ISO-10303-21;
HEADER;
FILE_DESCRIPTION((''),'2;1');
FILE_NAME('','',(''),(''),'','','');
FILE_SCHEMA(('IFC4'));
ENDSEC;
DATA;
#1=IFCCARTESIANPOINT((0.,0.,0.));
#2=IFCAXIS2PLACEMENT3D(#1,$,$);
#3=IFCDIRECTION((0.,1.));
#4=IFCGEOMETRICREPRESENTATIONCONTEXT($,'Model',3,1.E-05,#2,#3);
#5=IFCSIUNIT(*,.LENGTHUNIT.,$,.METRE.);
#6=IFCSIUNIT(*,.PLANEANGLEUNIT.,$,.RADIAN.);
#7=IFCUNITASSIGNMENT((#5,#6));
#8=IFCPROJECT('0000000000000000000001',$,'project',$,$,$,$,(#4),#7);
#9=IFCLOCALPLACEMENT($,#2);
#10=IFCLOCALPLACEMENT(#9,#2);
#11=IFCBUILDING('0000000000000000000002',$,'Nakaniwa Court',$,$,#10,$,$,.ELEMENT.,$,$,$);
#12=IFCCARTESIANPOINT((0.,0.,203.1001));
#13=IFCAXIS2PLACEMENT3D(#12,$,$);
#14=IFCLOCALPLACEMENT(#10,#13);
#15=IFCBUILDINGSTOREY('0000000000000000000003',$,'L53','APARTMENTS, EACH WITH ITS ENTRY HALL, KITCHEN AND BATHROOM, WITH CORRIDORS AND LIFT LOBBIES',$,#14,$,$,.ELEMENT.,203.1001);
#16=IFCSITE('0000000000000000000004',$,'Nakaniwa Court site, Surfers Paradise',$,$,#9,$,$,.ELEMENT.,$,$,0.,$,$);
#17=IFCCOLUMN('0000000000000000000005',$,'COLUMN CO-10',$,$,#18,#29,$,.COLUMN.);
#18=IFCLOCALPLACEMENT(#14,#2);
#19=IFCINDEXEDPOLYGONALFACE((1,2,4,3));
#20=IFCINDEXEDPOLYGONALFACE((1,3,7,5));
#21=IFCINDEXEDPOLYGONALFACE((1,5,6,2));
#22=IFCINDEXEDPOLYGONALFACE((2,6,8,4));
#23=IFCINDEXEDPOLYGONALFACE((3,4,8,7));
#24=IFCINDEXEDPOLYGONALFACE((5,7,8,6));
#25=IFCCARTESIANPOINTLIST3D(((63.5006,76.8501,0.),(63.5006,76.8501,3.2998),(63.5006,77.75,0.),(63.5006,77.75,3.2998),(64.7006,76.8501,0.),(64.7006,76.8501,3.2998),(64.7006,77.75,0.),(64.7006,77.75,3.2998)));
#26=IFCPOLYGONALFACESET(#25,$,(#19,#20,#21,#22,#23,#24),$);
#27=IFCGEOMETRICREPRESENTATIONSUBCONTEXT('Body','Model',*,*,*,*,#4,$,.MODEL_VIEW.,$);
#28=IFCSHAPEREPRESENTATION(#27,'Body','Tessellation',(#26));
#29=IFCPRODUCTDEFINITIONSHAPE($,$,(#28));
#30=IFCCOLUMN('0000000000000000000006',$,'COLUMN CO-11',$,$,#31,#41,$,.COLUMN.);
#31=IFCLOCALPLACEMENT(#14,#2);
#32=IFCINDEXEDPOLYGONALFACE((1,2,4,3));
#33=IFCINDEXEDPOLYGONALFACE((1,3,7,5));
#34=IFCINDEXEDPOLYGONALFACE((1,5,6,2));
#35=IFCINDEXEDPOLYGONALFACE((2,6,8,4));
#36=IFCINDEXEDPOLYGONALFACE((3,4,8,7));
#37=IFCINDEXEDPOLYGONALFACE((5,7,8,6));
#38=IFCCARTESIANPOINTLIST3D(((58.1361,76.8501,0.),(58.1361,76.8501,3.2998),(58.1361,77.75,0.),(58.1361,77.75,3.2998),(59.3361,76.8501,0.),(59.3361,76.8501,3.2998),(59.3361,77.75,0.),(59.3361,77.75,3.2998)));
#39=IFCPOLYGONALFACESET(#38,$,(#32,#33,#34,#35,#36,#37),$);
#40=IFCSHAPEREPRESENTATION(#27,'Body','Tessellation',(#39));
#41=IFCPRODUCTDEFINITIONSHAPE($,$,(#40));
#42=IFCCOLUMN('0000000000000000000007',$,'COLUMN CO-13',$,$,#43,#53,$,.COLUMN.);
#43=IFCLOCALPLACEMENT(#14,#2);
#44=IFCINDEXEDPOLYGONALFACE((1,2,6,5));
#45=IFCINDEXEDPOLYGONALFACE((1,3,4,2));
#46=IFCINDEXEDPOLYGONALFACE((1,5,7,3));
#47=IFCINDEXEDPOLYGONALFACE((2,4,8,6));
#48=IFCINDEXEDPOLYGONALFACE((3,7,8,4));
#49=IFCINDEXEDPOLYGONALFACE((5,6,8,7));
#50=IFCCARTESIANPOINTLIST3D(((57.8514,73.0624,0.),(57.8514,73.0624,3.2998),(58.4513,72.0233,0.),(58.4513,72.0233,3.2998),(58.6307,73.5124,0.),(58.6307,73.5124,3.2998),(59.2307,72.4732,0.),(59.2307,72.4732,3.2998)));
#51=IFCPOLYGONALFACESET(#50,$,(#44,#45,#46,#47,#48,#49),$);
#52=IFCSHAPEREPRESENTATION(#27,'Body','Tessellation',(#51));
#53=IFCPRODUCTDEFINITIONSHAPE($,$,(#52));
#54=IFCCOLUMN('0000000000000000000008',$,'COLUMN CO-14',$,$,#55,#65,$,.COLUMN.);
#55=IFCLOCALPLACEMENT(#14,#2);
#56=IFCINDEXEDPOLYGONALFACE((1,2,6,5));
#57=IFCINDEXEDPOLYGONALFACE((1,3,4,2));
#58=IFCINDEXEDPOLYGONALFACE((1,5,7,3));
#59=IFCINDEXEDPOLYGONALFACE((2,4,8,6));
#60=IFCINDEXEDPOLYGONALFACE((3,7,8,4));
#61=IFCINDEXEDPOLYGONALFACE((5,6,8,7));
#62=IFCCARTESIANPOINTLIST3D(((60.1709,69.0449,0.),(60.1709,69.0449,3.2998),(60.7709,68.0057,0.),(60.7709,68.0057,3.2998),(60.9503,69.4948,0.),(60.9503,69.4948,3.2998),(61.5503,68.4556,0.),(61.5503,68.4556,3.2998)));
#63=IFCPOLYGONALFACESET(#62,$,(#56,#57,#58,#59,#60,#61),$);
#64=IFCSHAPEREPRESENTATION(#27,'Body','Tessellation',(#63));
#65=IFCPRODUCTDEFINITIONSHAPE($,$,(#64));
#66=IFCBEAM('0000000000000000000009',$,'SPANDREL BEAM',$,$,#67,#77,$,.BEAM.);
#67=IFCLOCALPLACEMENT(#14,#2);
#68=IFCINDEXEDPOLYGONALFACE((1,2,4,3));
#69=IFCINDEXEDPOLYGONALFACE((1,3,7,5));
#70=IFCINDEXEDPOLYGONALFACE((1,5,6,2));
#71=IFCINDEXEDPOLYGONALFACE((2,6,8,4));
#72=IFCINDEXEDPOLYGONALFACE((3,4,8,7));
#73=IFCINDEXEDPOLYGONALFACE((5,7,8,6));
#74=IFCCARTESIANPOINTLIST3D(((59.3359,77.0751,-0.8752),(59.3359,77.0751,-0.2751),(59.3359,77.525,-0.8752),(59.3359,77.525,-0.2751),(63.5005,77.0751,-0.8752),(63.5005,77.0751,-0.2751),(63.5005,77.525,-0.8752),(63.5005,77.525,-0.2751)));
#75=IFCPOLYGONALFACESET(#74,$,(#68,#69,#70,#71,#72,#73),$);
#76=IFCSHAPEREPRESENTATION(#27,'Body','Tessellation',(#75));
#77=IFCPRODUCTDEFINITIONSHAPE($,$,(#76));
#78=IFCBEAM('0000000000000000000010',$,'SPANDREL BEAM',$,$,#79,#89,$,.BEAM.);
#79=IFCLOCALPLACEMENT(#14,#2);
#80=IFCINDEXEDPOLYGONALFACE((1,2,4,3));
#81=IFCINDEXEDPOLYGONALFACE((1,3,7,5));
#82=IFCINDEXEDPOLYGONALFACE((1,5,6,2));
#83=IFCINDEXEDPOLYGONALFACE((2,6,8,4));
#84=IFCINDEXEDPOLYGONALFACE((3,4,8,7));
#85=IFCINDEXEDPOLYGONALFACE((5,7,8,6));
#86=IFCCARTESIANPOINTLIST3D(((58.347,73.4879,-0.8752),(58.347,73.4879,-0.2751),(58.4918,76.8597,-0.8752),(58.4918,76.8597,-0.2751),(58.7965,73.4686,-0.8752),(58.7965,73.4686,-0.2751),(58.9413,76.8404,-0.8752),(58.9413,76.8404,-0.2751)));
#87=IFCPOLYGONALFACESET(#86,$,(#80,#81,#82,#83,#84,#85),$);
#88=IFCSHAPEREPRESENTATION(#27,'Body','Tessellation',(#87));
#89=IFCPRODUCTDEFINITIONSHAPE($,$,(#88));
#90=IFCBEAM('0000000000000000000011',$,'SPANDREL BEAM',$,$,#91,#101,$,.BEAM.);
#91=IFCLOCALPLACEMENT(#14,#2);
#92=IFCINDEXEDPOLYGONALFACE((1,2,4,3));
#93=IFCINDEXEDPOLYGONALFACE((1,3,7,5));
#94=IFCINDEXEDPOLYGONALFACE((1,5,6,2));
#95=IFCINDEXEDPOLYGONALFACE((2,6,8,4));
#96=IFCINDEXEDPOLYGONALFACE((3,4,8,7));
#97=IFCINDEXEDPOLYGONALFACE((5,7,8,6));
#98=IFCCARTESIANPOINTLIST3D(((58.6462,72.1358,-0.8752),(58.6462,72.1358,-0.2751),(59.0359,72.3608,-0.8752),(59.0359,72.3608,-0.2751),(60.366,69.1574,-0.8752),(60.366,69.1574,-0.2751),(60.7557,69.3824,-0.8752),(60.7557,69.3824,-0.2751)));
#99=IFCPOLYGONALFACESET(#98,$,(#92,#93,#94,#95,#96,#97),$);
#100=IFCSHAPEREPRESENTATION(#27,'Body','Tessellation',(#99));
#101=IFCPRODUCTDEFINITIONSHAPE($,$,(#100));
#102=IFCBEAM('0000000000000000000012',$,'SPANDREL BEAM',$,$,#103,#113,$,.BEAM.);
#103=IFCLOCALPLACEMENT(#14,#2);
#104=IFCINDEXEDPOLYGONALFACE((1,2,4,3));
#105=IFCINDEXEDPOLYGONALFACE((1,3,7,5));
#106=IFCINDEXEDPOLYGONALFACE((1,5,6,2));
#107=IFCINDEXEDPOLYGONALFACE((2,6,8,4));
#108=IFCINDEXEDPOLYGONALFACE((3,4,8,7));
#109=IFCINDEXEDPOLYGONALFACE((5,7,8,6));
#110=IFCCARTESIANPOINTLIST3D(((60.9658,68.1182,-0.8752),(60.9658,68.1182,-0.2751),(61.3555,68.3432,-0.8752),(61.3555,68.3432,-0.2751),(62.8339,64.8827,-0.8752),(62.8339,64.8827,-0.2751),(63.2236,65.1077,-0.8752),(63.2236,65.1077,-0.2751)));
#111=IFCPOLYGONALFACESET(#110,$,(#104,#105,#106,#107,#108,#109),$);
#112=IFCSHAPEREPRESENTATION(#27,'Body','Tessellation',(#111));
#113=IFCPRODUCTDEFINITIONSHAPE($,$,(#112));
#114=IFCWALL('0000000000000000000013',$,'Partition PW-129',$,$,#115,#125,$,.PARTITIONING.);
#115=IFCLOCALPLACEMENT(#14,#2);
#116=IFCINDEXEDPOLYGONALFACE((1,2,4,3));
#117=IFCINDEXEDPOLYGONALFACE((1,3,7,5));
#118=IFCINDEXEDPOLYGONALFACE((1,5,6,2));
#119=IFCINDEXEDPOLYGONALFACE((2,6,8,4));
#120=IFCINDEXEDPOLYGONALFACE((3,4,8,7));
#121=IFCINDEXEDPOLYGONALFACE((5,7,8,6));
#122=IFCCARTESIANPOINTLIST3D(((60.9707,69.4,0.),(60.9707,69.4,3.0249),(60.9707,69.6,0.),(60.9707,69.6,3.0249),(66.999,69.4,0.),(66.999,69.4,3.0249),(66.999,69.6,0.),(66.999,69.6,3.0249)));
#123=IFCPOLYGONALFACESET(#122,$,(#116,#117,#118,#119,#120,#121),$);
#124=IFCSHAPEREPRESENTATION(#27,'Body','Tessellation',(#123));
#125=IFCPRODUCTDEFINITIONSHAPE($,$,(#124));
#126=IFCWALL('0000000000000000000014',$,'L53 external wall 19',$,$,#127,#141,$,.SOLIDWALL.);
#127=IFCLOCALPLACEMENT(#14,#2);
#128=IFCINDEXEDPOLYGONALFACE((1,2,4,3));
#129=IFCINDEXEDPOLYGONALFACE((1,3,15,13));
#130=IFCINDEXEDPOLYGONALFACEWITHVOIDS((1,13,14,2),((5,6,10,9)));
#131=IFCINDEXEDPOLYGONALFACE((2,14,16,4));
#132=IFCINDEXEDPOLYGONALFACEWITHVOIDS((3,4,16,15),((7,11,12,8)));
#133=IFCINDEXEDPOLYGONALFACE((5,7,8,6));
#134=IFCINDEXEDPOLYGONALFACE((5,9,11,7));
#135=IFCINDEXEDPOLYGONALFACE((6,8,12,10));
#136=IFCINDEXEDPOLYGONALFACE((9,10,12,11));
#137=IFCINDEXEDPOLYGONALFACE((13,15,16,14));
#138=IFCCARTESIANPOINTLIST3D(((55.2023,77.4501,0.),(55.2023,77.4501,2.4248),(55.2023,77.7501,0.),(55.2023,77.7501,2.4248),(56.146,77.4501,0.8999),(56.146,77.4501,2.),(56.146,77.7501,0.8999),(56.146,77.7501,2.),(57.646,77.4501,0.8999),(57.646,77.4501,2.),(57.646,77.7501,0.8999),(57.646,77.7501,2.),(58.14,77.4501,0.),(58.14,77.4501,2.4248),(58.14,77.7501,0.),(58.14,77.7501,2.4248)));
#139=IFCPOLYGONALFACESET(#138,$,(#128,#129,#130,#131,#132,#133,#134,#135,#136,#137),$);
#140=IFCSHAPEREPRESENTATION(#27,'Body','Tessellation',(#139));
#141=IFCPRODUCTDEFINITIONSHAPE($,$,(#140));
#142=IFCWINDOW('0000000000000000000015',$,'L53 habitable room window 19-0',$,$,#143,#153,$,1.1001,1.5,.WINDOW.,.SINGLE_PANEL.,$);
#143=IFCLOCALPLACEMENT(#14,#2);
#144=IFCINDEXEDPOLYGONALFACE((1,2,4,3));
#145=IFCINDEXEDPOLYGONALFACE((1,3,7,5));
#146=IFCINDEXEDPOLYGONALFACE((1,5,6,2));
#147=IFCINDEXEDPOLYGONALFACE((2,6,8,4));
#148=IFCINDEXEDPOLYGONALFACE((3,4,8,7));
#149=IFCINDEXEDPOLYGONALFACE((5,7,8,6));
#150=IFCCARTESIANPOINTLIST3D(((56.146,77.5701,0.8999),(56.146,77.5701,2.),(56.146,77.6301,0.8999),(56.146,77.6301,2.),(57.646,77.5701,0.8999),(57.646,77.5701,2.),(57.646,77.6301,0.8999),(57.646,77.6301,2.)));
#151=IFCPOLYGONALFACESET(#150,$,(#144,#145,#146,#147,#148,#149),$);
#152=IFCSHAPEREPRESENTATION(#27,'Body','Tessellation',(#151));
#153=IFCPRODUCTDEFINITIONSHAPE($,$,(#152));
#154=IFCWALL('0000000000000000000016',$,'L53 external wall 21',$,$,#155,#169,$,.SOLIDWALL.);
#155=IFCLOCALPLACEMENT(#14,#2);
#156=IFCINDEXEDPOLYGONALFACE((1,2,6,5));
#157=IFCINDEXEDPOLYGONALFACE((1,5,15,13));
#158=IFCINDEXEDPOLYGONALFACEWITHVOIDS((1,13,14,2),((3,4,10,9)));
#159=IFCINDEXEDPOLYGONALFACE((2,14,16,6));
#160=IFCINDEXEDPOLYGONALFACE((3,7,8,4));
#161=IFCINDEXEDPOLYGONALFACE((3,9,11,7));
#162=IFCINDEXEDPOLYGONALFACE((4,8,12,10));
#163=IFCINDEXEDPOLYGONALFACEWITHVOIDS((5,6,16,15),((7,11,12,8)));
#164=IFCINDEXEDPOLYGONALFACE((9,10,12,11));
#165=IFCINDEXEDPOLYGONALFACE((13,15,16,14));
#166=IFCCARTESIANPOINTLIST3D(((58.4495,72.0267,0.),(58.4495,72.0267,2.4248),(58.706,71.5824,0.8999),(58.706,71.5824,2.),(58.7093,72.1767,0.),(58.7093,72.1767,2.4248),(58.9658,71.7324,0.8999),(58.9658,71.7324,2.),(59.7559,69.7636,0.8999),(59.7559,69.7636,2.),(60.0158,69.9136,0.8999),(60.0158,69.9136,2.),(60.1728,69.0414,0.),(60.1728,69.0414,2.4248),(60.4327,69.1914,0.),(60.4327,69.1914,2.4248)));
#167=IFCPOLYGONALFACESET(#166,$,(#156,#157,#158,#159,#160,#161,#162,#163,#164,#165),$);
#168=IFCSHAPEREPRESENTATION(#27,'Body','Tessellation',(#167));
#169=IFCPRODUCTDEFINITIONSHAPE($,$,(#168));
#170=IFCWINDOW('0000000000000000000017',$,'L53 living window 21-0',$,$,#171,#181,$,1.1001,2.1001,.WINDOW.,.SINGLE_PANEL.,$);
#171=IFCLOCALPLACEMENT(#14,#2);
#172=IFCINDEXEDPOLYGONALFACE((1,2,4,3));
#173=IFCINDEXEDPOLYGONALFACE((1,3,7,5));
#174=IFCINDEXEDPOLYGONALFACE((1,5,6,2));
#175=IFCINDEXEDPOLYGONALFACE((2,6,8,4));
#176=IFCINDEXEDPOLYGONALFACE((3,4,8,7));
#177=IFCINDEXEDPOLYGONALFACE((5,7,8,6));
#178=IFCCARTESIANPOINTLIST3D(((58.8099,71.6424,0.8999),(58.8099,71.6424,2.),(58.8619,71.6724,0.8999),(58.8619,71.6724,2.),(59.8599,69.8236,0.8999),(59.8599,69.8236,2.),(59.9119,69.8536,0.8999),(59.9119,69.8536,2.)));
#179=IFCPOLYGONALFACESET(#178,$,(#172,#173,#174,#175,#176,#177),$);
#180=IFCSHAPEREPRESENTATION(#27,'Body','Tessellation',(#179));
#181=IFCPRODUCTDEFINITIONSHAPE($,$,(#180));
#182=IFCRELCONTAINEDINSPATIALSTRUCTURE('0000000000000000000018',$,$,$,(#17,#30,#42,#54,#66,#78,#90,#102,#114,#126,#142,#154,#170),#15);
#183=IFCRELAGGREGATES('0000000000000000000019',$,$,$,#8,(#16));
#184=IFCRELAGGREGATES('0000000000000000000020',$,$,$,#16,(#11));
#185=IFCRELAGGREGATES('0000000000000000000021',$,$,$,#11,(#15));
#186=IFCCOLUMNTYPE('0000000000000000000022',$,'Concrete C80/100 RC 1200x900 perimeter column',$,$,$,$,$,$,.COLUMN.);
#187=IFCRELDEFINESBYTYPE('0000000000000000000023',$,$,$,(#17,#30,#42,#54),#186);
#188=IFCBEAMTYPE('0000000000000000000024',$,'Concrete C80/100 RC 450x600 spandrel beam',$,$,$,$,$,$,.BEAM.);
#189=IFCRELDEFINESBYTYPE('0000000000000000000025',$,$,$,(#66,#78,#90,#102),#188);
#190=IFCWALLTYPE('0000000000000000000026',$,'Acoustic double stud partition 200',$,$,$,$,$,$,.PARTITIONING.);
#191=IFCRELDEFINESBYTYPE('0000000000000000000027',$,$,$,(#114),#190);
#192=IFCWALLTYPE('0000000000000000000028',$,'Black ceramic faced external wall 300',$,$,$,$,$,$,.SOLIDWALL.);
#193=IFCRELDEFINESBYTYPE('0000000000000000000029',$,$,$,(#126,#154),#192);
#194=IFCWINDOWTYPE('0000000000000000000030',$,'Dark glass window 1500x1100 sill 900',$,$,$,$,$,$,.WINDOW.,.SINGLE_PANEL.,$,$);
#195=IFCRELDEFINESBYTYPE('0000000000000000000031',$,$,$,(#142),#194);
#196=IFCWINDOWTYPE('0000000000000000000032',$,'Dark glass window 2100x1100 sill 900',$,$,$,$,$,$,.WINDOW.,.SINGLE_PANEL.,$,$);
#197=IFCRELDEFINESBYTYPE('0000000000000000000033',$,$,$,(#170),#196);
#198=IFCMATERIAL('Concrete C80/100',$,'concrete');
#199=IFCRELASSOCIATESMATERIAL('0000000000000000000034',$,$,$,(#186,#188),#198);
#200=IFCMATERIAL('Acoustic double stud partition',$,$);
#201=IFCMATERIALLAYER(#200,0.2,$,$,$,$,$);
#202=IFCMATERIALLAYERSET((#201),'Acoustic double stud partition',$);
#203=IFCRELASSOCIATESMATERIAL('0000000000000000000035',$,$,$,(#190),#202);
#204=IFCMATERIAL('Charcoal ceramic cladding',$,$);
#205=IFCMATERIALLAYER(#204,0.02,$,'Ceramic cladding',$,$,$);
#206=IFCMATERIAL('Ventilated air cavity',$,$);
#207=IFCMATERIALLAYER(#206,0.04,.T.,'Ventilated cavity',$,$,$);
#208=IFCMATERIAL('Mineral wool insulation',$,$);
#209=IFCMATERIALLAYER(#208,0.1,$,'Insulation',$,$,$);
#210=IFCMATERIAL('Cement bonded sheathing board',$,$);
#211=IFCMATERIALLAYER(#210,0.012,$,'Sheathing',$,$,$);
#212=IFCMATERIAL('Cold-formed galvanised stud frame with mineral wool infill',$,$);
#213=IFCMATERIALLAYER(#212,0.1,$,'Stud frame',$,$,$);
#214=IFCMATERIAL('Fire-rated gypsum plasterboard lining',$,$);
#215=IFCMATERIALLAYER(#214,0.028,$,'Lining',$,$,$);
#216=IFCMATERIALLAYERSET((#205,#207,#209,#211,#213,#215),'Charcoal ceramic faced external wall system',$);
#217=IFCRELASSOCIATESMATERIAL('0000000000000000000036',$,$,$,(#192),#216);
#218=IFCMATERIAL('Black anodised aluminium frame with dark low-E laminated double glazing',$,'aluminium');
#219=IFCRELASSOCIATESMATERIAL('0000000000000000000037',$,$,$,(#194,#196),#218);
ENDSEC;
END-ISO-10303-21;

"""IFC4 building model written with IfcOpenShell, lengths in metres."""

from ifc_helpers import new_model, si_unit, direction, frame, frame_2d, origin, origin_2d, place, context, subcontext, project, spatial, rectangle, extrude, material, layer, layer_set, material_profile, profile_set, type_object, element, fill, save


model = new_model("IFC4")

# Units and contexts
model_context = context("Model", 3, precision=1e-05, world=origin(), true_north=direction((0.0, 1.0)))
body_context = subcontext(model_context, "Body", "Model", "MODEL_VIEW")
ifc_project = project(units=[si_unit("LENGTHUNIT", "METRE"), si_unit("PLANEANGLEUNIT", "RADIAN")], contexts=[model_context])

# Site, building, storey
site_placement = place(None, origin())
site = spatial("IfcSite", under=ifc_project, at=site_placement, Name="Nakaniwa Court site, Surfers Paradise", CompositionType="ELEMENT", RefElevation=0.0)
building_placement = place(site_placement, origin())
building = spatial("IfcBuilding", under=site, at=building_placement, Name="Nakaniwa Court", CompositionType="ELEMENT")
storey_placement = place(building_placement, frame((0.0, 0.0, 203.1001)))
storey = spatial("IfcBuildingStorey", under=building, at=storey_placement, Name="L53", Description="APARTMENTS, EACH WITH ITS ENTRY HALL, KITCHEN AND BATHROOM, WITH CORRIDORS AND LIFT LOBBIES", CompositionType="ELEMENT", Elevation=203.1001)

# Columns
ifc_material_1 = material(Name="Concrete C80/100", Category="concrete")
ifc_material_profile_1 = material_profile(ifc_material_1, rectangle(XDim=1.2, YDim=0.8999, at=origin_2d()), Name="Concrete C80/100 RC 1200x900 perimeter column")
ifc_profile_set_1 = profile_set([ifc_material_profile_1], Name="Concrete C80/100")
column_type = type_object("IfcColumnType", Name="Concrete C80/100 RC 1200x900 perimeter column", PredefinedType="COLUMN", material=ifc_profile_set_1)
for number, where, z_axis, x_axis, name in (
    (1, (64.1006, 77.3, 0.0), (0.0, 0.0, 1.0), (-1.0, 0.0, 0.0), "COLUMN CO-10"),
    (2, (58.7361, 77.3, 0.0), (0.0, 0.0, 1.0), (-1.0, 0.0, 0.0), "COLUMN CO-11"),
    (3, (58.541, 72.7678, 0.0), (0.0, 0.0, 1.0), (0.5, -0.866025, 0.0), "COLUMN CO-13"),
    (4, (60.8606, 68.7502, 0.0), (0.0, 0.0, 1.0), (0.5, -0.866025, 0.0), "COLUMN CO-14"),
):
    element("IfcColumn", number, at=place(storey_placement, frame(where, z_axis=z_axis, x_axis=x_axis)), inside=storey, type_object=column_type, Name=name, PredefinedType="COLUMN", context=body_context, shape_type="SweptSolid", body=[
        extrude(rectangle(XDim=1.2, YDim=0.8999, at=origin_2d()), origin(), (0.0, 0.0, 1.0), 3.2998),
    ])

# Beams
ifc_material_profile_2 = material_profile(ifc_material_1, rectangle(XDim=0.45, YDim=0.6001, at=origin_2d()), Name="Concrete C80/100 RC 450x600 spandrel beam")
ifc_profile_set_2 = profile_set([ifc_material_profile_2], Name="Concrete C80/100")
beam_type = type_object("IfcBeamType", Name="Concrete C80/100 RC 450x600 spandrel beam", PredefinedType="BEAM", material=ifc_profile_set_2)
beam_1_placement = place(storey_placement, frame((63.5005, 77.3, -0.5752), z_axis=(-1.0, 0.0, 0.0), x_axis=(0.0, -1.0, 0.0)))
element("IfcBeam", 5, at=beam_1_placement, inside=storey, type_object=beam_type, Name="SPANDREL BEAM", PredefinedType="BEAM", context=body_context, shape_type="SweptSolid", body=[
    extrude(rectangle(XDim=0.45, YDim=0.6001, at=origin_2d()), origin(), (0.0, 0.0, 1.0), 4.1646),
])
beam_2_placement = place(storey_placement, frame((58.7166, 76.8501, -0.5752), z_axis=(-0.042897, -0.999079, 0.0), x_axis=(0.999079, -0.042897, 0.0)))
element("IfcBeam", 6, at=beam_2_placement, inside=storey, type_object=beam_type, Name="SPANDREL BEAM", PredefinedType="BEAM", context=body_context, shape_type="SweptSolid", body=[
    extrude(rectangle(XDim=0.45, YDim=0.6001, at=origin_2d()), origin(), (0.0, 0.0, 1.0), 3.375),
])
beam_3_placement = place(storey_placement, frame((58.8411, 72.2483, -0.5752), z_axis=(0.500048, -0.865998, 0.0), x_axis=(0.865998, 0.500048, 0.0)))
element("IfcBeam", 7, at=beam_3_placement, inside=storey, type_object=beam_type, Name="SPANDREL BEAM", PredefinedType="BEAM", context=body_context, shape_type="SweptSolid", body=[
    extrude(rectangle(XDim=0.45, YDim=0.6001, at=origin_2d()), origin(), (0.0, 0.0, 1.0), 3.4392),
])
beam_4_placement = place(storey_placement, frame((61.1606, 68.2307, -0.5752), z_axis=(0.500018, -0.866015, 0.0), x_axis=(0.866015, 0.500018, 0.0)))
element("IfcBeam", 8, at=beam_4_placement, inside=storey, type_object=beam_type, Name="SPANDREL BEAM", PredefinedType="BEAM", context=body_context, shape_type="SweptSolid", body=[
    extrude(rectangle(XDim=0.45, YDim=0.6001, at=origin_2d()), origin(), (0.0, 0.0, 1.0), 3.7361),
])

# Wall
ifc_material_2 = material(Name="Acoustic double stud partition")
ifc_layer_1 = layer(ifc_material_2, 0.2)
ifc_layer_set_1 = layer_set([ifc_layer_1], Name="Acoustic double stud partition")
wall_type_1 = type_object("IfcWallType", Name="Acoustic double stud partition 200", PredefinedType="PARTITIONING", material=ifc_layer_set_1)
wall_1_placement = place(storey_placement, frame((60.9707, 69.5, 0.0), z_axis=(0.0, 0.0, 1.0), x_axis=(1.0, 0.0, 0.0)))
element("IfcWall", 9, at=wall_1_placement, inside=storey, type_object=wall_type_1, Name="Partition PW-129", PredefinedType="PARTITIONING", context=body_context, shape_type="SweptSolid", body=[
    extrude(rectangle(XDim=6.0283, YDim=0.2, at=frame_2d((3.0142, 0.0))), origin(), (0.0, 0.0, 1.0), 3.0249),
])

# Walls, openings, windows
ifc_material_3 = material(Name="Charcoal ceramic cladding")
ifc_layer_2 = layer(ifc_material_3, 0.02, Name="Ceramic cladding")
ifc_material_4 = material(Name="Ventilated air cavity")
ifc_layer_3 = layer(ifc_material_4, 0.04, ventilated=True, Name="Ventilated cavity")
ifc_material_5 = material(Name="Mineral wool insulation")
ifc_layer_4 = layer(ifc_material_5, 0.1, Name="Insulation")
ifc_material_6 = material(Name="Cement bonded sheathing board")
ifc_layer_5 = layer(ifc_material_6, 0.012, Name="Sheathing")
ifc_material_7 = material(Name="Cold-formed galvanised stud frame with mineral wool infill")
ifc_layer_6 = layer(ifc_material_7, 0.1, Name="Stud frame")
ifc_material_8 = material(Name="Fire-rated gypsum plasterboard lining")
ifc_layer_7 = layer(ifc_material_8, 0.028, Name="Lining")
ifc_layer_set_2 = layer_set([ifc_layer_2, ifc_layer_3, ifc_layer_4, ifc_layer_5, ifc_layer_6, ifc_layer_7], Name="Charcoal ceramic faced external wall system")
wall_type_2 = type_object("IfcWallType", Name="Black ceramic faced external wall 300", PredefinedType="SOLIDWALL", material=ifc_layer_set_2)
wall_2_placement = place(storey_placement, frame((58.1399, 77.6001, 0.0), z_axis=(0.0, 0.0, 1.0), x_axis=(-1.0, 0.0, 0.0)))
wall_2 = element("IfcWall", 10, at=wall_2_placement, inside=storey, type_object=wall_type_2, Name="L53 external wall 19", PredefinedType="SOLIDWALL", context=body_context, shape_type="SweptSolid", body=[
    extrude(rectangle(XDim=2.9377, YDim=0.3, at=frame_2d((1.4688, 0.0))), origin(), (0.0, 0.0, 1.0), 2.4248),
])
opening_1_placement = place(wall_2_placement, frame((0.4939, 0.0, 0.8999)))
opening_1 = element("IfcOpeningElement", 11, at=opening_1_placement, cuts=wall_2, PredefinedType="OPENING", context=body_context, shape_type="SweptSolid", body=[
    extrude(rectangle(XDim=1.5, YDim=1.1001, at=frame_2d((0.75, 0.55))), frame((0.0, 0.1599, 0.0), z_axis=(0.0, -1.0, 0.0), x_axis=(1.0, 0.0, 0.0)), (0.0, 0.0, 1.0), 0.3201),
])
ifc_material_9 = material(Name="Black anodised aluminium frame with dark low-E laminated double glazing", Category="aluminium")
window_type_1 = type_object("IfcWindowType", Name="Dark glass window 1500x1100 sill 900", PartitioningType="SINGLE_PANEL", PredefinedType="WINDOW", material=ifc_material_9)
window_1_placement = place(opening_1_placement, origin())
window_1 = element("IfcWindow", 12, at=window_1_placement, inside=storey, type_object=window_type_1, Name="L53 habitable room window 19-0", OverallHeight=1.1001, OverallWidth=1.5, PartitioningType="SINGLE_PANEL", PredefinedType="WINDOW", context=body_context, shape_type="SweptSolid", body=[
    extrude(rectangle(XDim=1.5, YDim=1.1001, at=frame_2d((0.75, 0.55))), frame((0.0, 0.03, 0.0), z_axis=(0.0, -1.0, 0.0), x_axis=(1.0, 0.0, 0.0)), (0.0, 0.0, 1.0), 0.0601),
])
fill(opening_1, window_1)
wall_3_placement = place(storey_placement, frame((58.5793, 72.1018, 0.0), z_axis=(0.0, 0.0, 1.0), x_axis=(0.499955, -0.866051, 0.0)))
wall_3 = element("IfcWall", 13, at=wall_3_placement, inside=storey, type_object=wall_type_2, Name="L53 external wall 21", PredefinedType="SOLIDWALL", context=body_context, shape_type="SweptSolid", body=[
    extrude(rectangle(XDim=3.447, YDim=0.3, at=frame_2d((1.7236, 0.0))), origin(), (0.0, 0.0, 1.0), 2.4248),
])
opening_2_placement = place(wall_3_placement, frame((0.5132, 0.0, 0.8999)))
opening_2 = element("IfcOpeningElement", 14, at=opening_2_placement, cuts=wall_3, PredefinedType="OPENING", context=body_context, shape_type="SweptSolid", body=[
    extrude(rectangle(XDim=2.1001, YDim=1.1001, at=frame_2d((1.05, 0.55))), frame((0.0, 0.1599, 0.0), z_axis=(0.0, -1.0, 0.0), x_axis=(1.0, 0.0, 0.0)), (0.0, 0.0, 1.0), 0.3201),
])
window_type_2 = type_object("IfcWindowType", Name="Dark glass window 2100x1100 sill 900", PartitioningType="SINGLE_PANEL", PredefinedType="WINDOW", material=ifc_material_9)
window_2_placement = place(opening_2_placement, origin())
window_2 = element("IfcWindow", 15, at=window_2_placement, inside=storey, type_object=window_type_2, Name="L53 living window 21-0", OverallHeight=1.1001, OverallWidth=2.1001, PartitioningType="SINGLE_PANEL", PredefinedType="WINDOW", context=body_context, shape_type="SweptSolid", body=[
    extrude(rectangle(XDim=2.1001, YDim=1.1001, at=frame_2d((1.05, 0.55))), frame((0.0, 0.03, 0.0), z_axis=(0.0, -1.0, 0.0), x_axis=(1.0, 0.0, 0.0)), (0.0, 0.0, 1.0), 0.0601),
])
fill(opening_2, window_2)

save(model, "model.ifc")
